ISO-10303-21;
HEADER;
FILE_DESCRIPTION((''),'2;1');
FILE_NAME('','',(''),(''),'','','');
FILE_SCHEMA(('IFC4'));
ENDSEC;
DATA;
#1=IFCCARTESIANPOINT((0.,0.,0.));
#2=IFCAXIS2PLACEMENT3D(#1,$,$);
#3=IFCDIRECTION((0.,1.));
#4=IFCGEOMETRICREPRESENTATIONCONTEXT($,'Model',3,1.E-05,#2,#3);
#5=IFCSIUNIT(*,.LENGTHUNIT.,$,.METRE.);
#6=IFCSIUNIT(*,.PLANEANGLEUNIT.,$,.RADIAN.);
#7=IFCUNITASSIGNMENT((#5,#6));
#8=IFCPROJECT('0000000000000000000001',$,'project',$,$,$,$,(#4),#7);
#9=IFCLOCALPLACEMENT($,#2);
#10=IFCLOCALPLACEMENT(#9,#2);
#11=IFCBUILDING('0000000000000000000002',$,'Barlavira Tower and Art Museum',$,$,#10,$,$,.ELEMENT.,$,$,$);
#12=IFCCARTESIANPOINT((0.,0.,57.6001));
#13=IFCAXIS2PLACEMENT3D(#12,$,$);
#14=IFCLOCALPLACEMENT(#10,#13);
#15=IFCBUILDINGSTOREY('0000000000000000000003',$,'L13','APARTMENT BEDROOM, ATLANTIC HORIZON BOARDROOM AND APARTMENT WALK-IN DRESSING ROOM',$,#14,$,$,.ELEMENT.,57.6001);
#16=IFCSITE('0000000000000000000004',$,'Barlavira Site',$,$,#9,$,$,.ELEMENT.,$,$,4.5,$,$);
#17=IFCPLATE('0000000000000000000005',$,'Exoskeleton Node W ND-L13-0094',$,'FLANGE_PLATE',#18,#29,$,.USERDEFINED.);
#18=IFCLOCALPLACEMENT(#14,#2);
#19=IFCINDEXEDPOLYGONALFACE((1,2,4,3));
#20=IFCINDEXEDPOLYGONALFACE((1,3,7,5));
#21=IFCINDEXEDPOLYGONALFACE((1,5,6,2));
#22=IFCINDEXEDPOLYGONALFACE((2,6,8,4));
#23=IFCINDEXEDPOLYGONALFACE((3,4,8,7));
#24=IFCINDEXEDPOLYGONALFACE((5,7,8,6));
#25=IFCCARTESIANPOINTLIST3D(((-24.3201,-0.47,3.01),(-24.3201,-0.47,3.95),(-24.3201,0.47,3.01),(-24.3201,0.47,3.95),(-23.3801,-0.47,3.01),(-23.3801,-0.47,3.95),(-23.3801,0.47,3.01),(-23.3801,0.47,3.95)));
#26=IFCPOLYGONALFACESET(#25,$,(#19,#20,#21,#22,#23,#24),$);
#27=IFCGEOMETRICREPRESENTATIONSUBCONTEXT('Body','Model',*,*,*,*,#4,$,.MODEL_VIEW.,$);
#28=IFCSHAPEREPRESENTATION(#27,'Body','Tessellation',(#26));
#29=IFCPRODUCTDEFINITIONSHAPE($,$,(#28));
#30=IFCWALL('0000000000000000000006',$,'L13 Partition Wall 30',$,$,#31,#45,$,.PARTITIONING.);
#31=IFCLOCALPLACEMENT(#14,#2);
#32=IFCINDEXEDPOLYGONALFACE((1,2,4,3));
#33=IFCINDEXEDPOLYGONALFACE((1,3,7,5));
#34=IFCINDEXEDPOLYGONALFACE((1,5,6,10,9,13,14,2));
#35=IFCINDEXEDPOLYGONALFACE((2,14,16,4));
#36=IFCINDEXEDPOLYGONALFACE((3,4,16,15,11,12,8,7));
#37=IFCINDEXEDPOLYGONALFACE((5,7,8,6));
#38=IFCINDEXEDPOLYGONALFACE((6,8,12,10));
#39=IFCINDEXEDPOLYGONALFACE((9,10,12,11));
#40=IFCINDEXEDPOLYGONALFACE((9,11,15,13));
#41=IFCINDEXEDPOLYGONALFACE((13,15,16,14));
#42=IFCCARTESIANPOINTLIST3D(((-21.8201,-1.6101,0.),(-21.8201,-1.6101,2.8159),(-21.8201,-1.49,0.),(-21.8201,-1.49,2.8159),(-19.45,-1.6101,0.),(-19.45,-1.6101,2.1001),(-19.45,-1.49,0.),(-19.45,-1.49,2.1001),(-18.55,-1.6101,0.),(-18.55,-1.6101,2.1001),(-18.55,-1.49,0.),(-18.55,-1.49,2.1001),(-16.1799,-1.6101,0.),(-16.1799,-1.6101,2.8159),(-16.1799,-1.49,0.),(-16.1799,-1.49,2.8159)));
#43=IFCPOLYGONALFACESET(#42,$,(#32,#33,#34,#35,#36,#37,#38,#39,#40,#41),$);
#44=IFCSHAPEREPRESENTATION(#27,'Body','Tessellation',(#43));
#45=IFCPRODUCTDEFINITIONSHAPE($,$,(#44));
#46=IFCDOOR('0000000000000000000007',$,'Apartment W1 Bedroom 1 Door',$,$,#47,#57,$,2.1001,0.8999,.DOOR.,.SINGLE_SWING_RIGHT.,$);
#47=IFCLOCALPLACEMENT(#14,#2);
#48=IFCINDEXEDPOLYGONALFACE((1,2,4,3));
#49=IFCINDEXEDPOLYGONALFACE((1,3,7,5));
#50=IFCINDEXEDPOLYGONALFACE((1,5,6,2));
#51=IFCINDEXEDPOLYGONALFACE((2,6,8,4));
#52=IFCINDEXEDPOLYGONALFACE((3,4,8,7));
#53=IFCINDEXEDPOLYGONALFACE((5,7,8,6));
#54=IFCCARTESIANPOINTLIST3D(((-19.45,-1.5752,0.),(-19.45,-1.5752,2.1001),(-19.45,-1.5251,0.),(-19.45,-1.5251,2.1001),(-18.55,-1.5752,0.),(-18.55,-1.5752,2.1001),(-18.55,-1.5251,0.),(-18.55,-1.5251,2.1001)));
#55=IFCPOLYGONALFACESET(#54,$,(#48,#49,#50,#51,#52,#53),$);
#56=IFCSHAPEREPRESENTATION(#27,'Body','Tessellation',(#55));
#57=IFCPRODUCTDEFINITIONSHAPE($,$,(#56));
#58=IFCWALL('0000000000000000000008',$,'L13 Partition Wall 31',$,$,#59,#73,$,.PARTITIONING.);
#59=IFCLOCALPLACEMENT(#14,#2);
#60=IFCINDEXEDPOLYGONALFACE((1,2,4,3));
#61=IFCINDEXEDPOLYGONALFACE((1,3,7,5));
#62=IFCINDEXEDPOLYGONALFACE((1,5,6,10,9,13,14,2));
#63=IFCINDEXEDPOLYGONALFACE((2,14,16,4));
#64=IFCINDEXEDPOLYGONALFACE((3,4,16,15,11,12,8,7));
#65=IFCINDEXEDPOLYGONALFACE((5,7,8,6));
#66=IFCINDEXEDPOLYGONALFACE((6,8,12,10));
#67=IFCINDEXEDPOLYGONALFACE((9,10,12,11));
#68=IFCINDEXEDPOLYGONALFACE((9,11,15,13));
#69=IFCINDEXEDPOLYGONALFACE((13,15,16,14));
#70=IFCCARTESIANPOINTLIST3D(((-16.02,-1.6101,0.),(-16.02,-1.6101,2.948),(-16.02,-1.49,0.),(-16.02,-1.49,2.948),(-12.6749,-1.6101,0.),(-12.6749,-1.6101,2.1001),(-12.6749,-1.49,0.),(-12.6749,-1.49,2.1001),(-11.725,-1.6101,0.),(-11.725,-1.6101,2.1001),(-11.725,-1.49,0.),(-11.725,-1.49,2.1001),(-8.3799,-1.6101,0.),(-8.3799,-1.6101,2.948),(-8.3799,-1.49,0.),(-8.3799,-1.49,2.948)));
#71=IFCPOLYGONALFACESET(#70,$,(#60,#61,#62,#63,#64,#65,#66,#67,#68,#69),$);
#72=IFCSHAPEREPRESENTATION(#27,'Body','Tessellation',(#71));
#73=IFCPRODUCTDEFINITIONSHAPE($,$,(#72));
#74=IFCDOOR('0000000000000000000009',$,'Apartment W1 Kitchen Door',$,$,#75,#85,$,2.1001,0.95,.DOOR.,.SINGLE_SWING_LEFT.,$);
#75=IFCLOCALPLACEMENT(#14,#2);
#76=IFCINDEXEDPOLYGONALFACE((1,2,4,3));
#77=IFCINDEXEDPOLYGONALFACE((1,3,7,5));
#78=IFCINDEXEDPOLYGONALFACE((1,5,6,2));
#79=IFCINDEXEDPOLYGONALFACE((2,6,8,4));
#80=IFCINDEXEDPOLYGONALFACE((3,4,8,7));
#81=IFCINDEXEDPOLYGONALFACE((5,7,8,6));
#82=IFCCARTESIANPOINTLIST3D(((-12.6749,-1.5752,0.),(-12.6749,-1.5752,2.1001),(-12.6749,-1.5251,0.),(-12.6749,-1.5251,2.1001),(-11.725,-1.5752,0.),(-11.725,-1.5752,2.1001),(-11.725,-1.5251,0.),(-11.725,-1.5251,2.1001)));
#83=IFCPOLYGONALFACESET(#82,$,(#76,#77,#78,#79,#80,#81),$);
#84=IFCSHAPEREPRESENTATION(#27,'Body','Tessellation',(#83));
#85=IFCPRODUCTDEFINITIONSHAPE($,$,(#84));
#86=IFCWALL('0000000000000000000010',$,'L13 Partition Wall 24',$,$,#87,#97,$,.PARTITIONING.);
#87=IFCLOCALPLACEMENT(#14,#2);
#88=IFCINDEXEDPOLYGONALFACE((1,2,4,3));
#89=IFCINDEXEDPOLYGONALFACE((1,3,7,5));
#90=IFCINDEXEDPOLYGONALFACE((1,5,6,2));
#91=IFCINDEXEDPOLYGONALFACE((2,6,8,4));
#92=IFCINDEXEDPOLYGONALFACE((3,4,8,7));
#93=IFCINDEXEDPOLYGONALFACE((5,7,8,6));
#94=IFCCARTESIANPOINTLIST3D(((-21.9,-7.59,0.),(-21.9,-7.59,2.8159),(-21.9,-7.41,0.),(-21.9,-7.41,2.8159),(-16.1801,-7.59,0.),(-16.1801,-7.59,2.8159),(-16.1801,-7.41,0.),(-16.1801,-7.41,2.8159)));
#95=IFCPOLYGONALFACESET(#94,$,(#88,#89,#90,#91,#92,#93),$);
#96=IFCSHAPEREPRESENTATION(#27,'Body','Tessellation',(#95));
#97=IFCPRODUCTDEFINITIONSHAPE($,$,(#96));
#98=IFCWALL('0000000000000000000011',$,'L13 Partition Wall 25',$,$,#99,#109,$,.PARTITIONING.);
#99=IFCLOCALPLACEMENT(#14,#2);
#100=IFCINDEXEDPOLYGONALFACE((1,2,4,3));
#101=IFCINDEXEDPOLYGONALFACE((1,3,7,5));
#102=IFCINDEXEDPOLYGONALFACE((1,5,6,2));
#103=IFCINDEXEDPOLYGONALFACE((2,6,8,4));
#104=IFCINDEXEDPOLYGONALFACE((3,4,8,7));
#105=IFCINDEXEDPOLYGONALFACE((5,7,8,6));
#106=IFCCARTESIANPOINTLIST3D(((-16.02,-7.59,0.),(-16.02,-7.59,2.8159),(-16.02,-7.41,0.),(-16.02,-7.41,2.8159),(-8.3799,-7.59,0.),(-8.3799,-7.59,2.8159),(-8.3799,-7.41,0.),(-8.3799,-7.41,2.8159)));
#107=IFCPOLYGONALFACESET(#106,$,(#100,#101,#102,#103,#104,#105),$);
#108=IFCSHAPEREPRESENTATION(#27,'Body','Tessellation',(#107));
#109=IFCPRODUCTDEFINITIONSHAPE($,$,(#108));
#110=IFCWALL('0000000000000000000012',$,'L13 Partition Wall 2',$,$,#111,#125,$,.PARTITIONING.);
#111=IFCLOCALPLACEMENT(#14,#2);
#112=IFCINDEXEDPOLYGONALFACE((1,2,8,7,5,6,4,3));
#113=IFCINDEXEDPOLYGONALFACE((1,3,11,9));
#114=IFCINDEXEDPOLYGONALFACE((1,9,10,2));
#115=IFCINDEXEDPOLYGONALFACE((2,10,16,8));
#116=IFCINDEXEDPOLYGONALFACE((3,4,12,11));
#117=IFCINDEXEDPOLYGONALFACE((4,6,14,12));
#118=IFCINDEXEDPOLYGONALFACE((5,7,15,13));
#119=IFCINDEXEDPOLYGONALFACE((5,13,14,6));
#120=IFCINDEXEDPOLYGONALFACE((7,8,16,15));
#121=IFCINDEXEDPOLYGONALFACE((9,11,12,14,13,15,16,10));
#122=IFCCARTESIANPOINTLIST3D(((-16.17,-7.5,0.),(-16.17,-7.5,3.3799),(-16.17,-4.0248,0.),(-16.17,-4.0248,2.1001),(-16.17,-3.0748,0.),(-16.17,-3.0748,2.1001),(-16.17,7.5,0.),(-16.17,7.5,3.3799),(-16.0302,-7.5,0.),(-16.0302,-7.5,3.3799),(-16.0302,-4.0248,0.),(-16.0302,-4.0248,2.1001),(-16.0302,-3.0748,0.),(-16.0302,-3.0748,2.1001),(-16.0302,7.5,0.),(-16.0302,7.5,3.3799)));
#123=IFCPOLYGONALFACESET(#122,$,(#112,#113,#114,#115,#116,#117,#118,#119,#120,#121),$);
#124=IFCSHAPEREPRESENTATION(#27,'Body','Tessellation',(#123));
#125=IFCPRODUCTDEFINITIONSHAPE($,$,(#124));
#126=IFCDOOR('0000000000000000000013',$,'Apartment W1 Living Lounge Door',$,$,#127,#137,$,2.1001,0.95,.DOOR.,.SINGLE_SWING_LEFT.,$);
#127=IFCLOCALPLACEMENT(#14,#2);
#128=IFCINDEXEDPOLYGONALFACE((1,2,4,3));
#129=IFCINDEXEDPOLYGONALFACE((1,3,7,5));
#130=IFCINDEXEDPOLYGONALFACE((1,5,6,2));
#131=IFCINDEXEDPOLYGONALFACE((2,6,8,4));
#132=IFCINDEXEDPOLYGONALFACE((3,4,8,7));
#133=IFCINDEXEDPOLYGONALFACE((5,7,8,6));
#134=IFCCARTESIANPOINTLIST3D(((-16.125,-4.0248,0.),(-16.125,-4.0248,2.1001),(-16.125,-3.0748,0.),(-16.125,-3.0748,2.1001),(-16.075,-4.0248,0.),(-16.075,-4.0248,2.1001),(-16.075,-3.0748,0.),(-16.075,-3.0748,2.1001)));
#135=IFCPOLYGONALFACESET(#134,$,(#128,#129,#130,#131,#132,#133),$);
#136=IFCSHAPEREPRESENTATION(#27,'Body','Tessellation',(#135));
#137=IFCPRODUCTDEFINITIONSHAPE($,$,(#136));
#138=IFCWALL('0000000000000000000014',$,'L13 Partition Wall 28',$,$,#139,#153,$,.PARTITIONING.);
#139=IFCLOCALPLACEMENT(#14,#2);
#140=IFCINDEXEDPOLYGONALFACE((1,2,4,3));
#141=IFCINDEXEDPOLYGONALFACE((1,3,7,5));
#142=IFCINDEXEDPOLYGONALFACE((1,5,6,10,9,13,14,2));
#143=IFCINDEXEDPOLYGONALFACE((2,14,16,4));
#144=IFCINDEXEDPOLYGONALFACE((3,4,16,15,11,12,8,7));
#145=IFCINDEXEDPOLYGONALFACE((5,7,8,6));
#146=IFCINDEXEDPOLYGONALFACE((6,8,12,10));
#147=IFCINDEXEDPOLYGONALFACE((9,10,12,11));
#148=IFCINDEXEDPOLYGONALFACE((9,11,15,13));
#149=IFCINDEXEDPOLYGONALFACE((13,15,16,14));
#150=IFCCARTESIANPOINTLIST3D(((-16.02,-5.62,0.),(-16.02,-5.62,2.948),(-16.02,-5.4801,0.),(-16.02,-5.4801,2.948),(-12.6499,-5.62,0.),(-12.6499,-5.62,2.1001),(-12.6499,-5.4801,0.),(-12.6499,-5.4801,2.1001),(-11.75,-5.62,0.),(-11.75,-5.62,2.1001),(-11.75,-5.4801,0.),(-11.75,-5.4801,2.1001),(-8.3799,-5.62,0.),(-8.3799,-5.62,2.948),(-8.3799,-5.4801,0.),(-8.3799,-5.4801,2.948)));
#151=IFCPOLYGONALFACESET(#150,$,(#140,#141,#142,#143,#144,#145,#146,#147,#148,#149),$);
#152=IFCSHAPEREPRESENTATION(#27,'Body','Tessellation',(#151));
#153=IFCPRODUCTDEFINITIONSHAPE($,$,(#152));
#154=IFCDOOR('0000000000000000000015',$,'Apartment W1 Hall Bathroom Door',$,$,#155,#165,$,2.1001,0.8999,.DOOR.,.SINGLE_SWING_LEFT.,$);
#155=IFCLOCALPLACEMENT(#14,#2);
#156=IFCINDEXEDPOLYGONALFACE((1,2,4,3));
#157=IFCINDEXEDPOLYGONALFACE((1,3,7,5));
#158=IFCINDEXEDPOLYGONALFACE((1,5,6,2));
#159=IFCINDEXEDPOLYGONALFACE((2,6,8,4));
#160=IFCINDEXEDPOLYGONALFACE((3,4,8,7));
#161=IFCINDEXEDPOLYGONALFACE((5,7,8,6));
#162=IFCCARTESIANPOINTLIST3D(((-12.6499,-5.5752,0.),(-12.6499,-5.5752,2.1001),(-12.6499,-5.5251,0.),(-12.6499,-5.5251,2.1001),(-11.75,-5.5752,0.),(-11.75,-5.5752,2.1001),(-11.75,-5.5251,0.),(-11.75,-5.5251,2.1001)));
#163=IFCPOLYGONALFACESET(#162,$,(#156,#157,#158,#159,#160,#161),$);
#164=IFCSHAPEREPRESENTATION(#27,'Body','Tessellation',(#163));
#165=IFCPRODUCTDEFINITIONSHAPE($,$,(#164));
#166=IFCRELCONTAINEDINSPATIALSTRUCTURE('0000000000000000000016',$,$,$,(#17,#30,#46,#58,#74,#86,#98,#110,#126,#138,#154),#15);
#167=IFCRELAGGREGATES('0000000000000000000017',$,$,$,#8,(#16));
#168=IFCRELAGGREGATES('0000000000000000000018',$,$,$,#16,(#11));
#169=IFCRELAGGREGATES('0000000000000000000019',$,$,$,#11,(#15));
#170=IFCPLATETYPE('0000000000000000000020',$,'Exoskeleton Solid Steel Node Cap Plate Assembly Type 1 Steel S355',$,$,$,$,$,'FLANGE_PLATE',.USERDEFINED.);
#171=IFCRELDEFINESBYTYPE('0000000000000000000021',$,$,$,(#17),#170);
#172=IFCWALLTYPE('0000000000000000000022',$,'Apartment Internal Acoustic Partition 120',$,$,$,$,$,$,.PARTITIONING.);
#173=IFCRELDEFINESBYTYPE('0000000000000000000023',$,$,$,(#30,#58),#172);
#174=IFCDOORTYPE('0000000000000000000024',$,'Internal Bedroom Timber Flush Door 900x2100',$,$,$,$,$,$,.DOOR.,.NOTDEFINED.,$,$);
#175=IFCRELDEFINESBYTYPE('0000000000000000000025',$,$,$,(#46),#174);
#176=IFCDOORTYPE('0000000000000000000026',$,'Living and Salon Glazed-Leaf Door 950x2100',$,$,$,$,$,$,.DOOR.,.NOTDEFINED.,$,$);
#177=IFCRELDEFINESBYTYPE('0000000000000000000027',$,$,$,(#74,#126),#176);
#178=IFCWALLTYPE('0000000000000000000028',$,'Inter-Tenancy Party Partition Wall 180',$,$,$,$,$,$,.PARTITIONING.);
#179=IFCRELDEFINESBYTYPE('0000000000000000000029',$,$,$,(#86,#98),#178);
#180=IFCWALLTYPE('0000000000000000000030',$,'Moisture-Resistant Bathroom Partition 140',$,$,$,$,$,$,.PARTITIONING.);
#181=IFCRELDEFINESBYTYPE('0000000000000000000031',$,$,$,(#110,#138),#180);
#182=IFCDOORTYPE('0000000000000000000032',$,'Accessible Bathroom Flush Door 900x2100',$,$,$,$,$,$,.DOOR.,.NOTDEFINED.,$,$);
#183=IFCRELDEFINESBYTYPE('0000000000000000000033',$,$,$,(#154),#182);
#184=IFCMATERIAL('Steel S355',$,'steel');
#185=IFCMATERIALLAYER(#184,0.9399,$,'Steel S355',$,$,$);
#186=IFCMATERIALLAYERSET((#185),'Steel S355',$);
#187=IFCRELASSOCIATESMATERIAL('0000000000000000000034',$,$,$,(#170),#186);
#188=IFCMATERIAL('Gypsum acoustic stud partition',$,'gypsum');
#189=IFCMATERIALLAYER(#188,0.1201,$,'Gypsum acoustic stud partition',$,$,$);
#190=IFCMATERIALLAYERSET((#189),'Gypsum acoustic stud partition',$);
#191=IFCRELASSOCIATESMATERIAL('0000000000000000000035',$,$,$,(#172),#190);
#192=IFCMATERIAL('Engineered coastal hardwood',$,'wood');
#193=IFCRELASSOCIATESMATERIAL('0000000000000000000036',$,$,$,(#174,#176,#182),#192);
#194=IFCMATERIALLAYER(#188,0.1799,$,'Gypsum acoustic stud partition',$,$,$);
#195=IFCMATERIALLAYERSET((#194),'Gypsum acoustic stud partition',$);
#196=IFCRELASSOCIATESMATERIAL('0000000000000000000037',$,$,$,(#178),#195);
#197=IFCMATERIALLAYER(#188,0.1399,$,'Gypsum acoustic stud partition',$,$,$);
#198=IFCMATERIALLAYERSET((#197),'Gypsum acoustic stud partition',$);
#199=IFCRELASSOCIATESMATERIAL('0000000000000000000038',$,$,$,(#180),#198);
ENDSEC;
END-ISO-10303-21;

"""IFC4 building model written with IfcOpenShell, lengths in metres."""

from ifc_helpers import new_model, si_unit, direction, frame, frame_2d, origin, origin_2d, place, context, subcontext, project, spatial, rectangle, extrude, material, layer, layer_set, type_object, element, fill, save


model = new_model("IFC4")

# Units and contexts
model_context = context("Model", 3, precision=1e-05, world=origin(), true_north=direction((0.0, 1.0)))
body_context = subcontext(model_context, "Body", "Model", "MODEL_VIEW")
ifc_project = project(units=[si_unit("LENGTHUNIT", "METRE"), si_unit("PLANEANGLEUNIT", "RADIAN")], contexts=[model_context])

# Site, building, storey
site_placement = place(None, origin())
site = spatial("IfcSite", under=ifc_project, at=site_placement, Name="Barlavira Site", CompositionType="ELEMENT", RefElevation=4.5)
building_placement = place(site_placement, origin())
building = spatial("IfcBuilding", under=site, at=building_placement, Name="Barlavira Tower and Art Museum", CompositionType="ELEMENT")
storey_placement = place(building_placement, frame((0.0, 0.0, 57.6001)))
storey = spatial("IfcBuildingStorey", under=building, at=storey_placement, Name="L13", Description="APARTMENT BEDROOM, ATLANTIC HORIZON BOARDROOM AND APARTMENT WALK-IN DRESSING ROOM", CompositionType="ELEMENT", Elevation=57.6001)

# Shared definitions
ifc_material_1 = material(Name="Steel S355", Category="steel")

# Plate
ifc_layer_1 = layer(ifc_material_1, 0.9399, Name="Steel S355")
ifc_layer_set_1 = layer_set([ifc_layer_1], Name="Steel S355")
plate_type_1 = type_object("IfcPlateType", Name="Exoskeleton Solid Steel Node Cap Plate Assembly Type 1 Steel S355", ElementType="FLANGE_PLATE", PredefinedType="USERDEFINED", material=ifc_layer_set_1)
plate_1_placement = place(storey_placement, frame((-23.8501, 0.0, 3.01), z_axis=(0.0, 0.0, 1.0), x_axis=(1.0, 0.0, 0.0)))
element("IfcPlate", 1, at=plate_1_placement, inside=storey, type_object=plate_type_1, Name="Exoskeleton Node W ND-L13-0094", ObjectType="FLANGE_PLATE", PredefinedType="USERDEFINED", context=body_context, shape_type="SweptSolid", body=[
    extrude(rectangle(XDim=0.9399, YDim=0.9399, at=origin_2d()), origin(), (0.0, 0.0, 1.0), 0.9399),
])

# Walls, openings, doors
ifc_material_2 = material(Name="Gypsum acoustic stud partition", Category="gypsum")
ifc_layer_2 = layer(ifc_material_2, 0.1201, Name="Gypsum acoustic stud partition")
ifc_layer_set_2 = layer_set([ifc_layer_2], Name="Gypsum acoustic stud partition")
wall_type_1 = type_object("IfcWallType", Name="Apartment Internal Acoustic Partition 120", PredefinedType="PARTITIONING", material=ifc_layer_set_2)
wall_1_placement = place(storey_placement, frame((-21.8201, -1.55, 0.0), z_axis=(0.0, 0.0, 1.0), x_axis=(1.0, 0.0, 0.0)))
wall_1 = element("IfcWall", 2, at=wall_1_placement, inside=storey, type_object=wall_type_1, Name="L13 Partition Wall 30", PredefinedType="PARTITIONING", context=body_context, shape_type="SweptSolid", body=[
    extrude(rectangle(XDim=5.6401, YDim=0.1201, at=frame_2d((2.8201, 0.0))), origin(), (0.0, 0.0, 1.0), 2.8159),
])
opening_1_placement = place(wall_1_placement, frame((2.3701, 0.0, 0.0)))
opening_1 = element("IfcOpeningElement", 3, at=opening_1_placement, cuts=wall_1, PredefinedType="OPENING", context=body_context, shape_type="SweptSolid", body=[
    extrude(rectangle(XDim=0.8999, YDim=2.1001, at=frame_2d((0.45, 1.05))), frame((0.0, 0.0701, 0.0), z_axis=(0.0, -1.0, 0.0), x_axis=(1.0, 0.0, 0.0)), (0.0, 0.0, 1.0), 0.1401),
])
ifc_material_3 = material(Name="Engineered coastal hardwood", Category="wood")
door_type_1 = type_object("IfcDoorType", Name="Internal Bedroom Timber Flush Door 900x2100", OperationType="NOTDEFINED", PredefinedType="DOOR", material=ifc_material_3)
door_1_placement = place(opening_1_placement, origin())
door_1 = element("IfcDoor", 4, at=door_1_placement, inside=storey, type_object=door_type_1, Name="Apartment W1 Bedroom 1 Door", OperationType="SINGLE_SWING_RIGHT", OverallHeight=2.1001, OverallWidth=0.8999, PredefinedType="DOOR", context=body_context, shape_type="SweptSolid", body=[
    extrude(rectangle(XDim=0.8999, YDim=2.1001, at=frame_2d((0.45, 1.05))), frame((0.0, 0.0249, 0.0), z_axis=(0.0, -1.0, 0.0), x_axis=(1.0, 0.0, 0.0)), (0.0, 0.0, 1.0), 0.05),
])
fill(opening_1, door_1)
wall_2_placement = place(storey_placement, frame((-16.02, -1.55, 0.0), z_axis=(0.0, 0.0, 1.0), x_axis=(1.0, 0.0, 0.0)))
wall_2 = element("IfcWall", 5, at=wall_2_placement, inside=storey, type_object=wall_type_1, Name="L13 Partition Wall 31", PredefinedType="PARTITIONING", context=body_context, shape_type="SweptSolid", body=[
    extrude(rectangle(XDim=7.6401, YDim=0.1201, at=frame_2d((3.8201, 0.0))), origin(), (0.0, 0.0, 1.0), 2.948),
])
opening_2_placement = place(wall_2_placement, frame((3.345, 0.0, 0.0)))
opening_2 = element("IfcOpeningElement", 6, at=opening_2_placement, cuts=wall_2, PredefinedType="OPENING", context=body_context, shape_type="SweptSolid", body=[
    extrude(rectangle(XDim=0.95, YDim=2.1001, at=frame_2d((0.4751, 1.05))), frame((0.0, 0.0701, 0.0), z_axis=(0.0, -1.0, 0.0), x_axis=(1.0, 0.0, 0.0)), (0.0, 0.0, 1.0), 0.1401),
])
door_type_2 = type_object("IfcDoorType", Name="Living and Salon Glazed-Leaf Door 950x2100", OperationType="NOTDEFINED", PredefinedType="DOOR", material=ifc_material_3)
door_2_placement = place(opening_2_placement, origin())
door_2 = element("IfcDoor", 7, at=door_2_placement, inside=storey, type_object=door_type_2, Name="Apartment W1 Kitchen Door", OperationType="SINGLE_SWING_LEFT", OverallHeight=2.1001, OverallWidth=0.95, PredefinedType="DOOR", context=body_context, shape_type="SweptSolid", body=[
    extrude(rectangle(XDim=0.95, YDim=2.1001, at=frame_2d((0.4751, 1.05))), frame((0.0, 0.0249, 0.0), z_axis=(0.0, -1.0, 0.0), x_axis=(1.0, 0.0, 0.0)), (0.0, 0.0, 1.0), 0.05),
])
fill(opening_2, door_2)

# Walls
ifc_layer_3 = layer(ifc_material_2, 0.1799, Name="Gypsum acoustic stud partition")
ifc_layer_set_3 = layer_set([ifc_layer_3], Name="Gypsum acoustic stud partition")
wall_type_2 = type_object("IfcWallType", Name="Inter-Tenancy Party Partition Wall 180", PredefinedType="PARTITIONING", material=ifc_layer_set_3)
wall_3_placement = place(storey_placement, frame((-21.8999, -7.5, 0.0), z_axis=(0.0, 0.0, 1.0), x_axis=(1.0, 0.0, 0.0)))
element("IfcWall", 8, at=wall_3_placement, inside=storey, type_object=wall_type_2, Name="L13 Partition Wall 24", PredefinedType="PARTITIONING", context=body_context, shape_type="SweptSolid", body=[
    extrude(rectangle(XDim=5.72, YDim=0.1799, at=frame_2d((2.8599, 0.0))), origin(), (0.0, 0.0, 1.0), 2.8159),
])
wall_4_placement = place(storey_placement, frame((-16.02, -7.5, 0.0), z_axis=(0.0, 0.0, 1.0), x_axis=(1.0, 0.0, 0.0)))
element("IfcWall", 9, at=wall_4_placement, inside=storey, type_object=wall_type_2, Name="L13 Partition Wall 25", PredefinedType="PARTITIONING", context=body_context, shape_type="SweptSolid", body=[
    extrude(rectangle(XDim=7.6401, YDim=0.1799, at=frame_2d((3.8201, 0.0))), origin(), (0.0, 0.0, 1.0), 2.8159),
])

# Walls, openings, doors
ifc_layer_4 = layer(ifc_material_2, 0.1399, Name="Gypsum acoustic stud partition")
ifc_layer_set_4 = layer_set([ifc_layer_4], Name="Gypsum acoustic stud partition")
wall_type_3 = type_object("IfcWallType", Name="Moisture-Resistant Bathroom Partition 140", PredefinedType="PARTITIONING", material=ifc_layer_set_4)
wall_5_placement = place(storey_placement, frame((-16.1001, -7.5, 0.0), z_axis=(0.0, 0.0, 1.0), x_axis=(0.0, 1.0, 0.0)))
wall_5 = element("IfcWall", 10, at=wall_5_placement, inside=storey, type_object=wall_type_3, Name="L13 Partition Wall 2", PredefinedType="PARTITIONING", context=body_context, shape_type="SweptSolid", body=[
    extrude(rectangle(XDim=15.0, YDim=0.1399, at=frame_2d((7.5, 0.0))), origin(), (0.0, 0.0, 1.0), 3.3799),
])
opening_3_placement = place(wall_5_placement, frame((3.4751, 0.0, 0.0)))
opening_3 = element("IfcOpeningElement", 11, at=opening_3_placement, cuts=wall_5, PredefinedType="OPENING", context=body_context, shape_type="SweptSolid", body=[
    extrude(rectangle(XDim=0.95, YDim=2.1001, at=frame_2d((0.4751, 1.05))), frame((0.0, 0.0801, 0.0), z_axis=(0.0, -1.0, 0.0), x_axis=(1.0, 0.0, 0.0)), (0.0, 0.0, 1.0), 0.1599),
])
door_3_placement = place(opening_3_placement, origin())
door_3 = element("IfcDoor", 12, at=door_3_placement, inside=storey, type_object=door_type_2, Name="Apartment W1 Living Lounge Door", OperationType="SINGLE_SWING_LEFT", OverallHeight=2.1001, OverallWidth=0.95, PredefinedType="DOOR", context=body_context, shape_type="SweptSolid", body=[
    extrude(rectangle(XDim=0.95, YDim=2.1001, at=frame_2d((0.4751, 1.05))), frame((0.0, 0.0249, 0.0), z_axis=(0.0, -1.0, 0.0), x_axis=(1.0, 0.0, 0.0)), (0.0, 0.0, 1.0), 0.05),
])
fill(opening_3, door_3)
wall_6_placement = place(storey_placement, frame((-16.02, -5.55, 0.0), z_axis=(0.0, 0.0, 1.0), x_axis=(1.0, 0.0, 0.0)))
wall_6 = element("IfcWall", 13, at=wall_6_placement, inside=storey, type_object=wall_type_3, Name="L13 Partition Wall 28", PredefinedType="PARTITIONING", context=body_context, shape_type="SweptSolid", body=[
    extrude(rectangle(XDim=7.6401, YDim=0.1399, at=frame_2d((3.8201, 0.0))), origin(), (0.0, 0.0, 1.0), 2.948),
])
opening_4_placement = place(wall_6_placement, frame((3.3701, 0.0, 0.0)))
opening_4 = element("IfcOpeningElement", 14, at=opening_4_placement, cuts=wall_6, PredefinedType="OPENING", context=body_context, shape_type="SweptSolid", body=[
    extrude(rectangle(XDim=0.8999, YDim=2.1001, at=frame_2d((0.45, 1.05))), frame((0.0, 0.0801, 0.0), z_axis=(0.0, -1.0, 0.0), x_axis=(1.0, 0.0, 0.0)), (0.0, 0.0, 1.0), 0.1599),
])
door_type_3 = type_object("IfcDoorType", Name="Accessible Bathroom Flush Door 900x2100", OperationType="NOTDEFINED", PredefinedType="DOOR", material=ifc_material_3)
door_4_placement = place(opening_4_placement, origin())
door_4 = element("IfcDoor", 15, at=door_4_placement, inside=storey, type_object=door_type_3, Name="Apartment W1 Hall Bathroom Door", OperationType="SINGLE_SWING_LEFT", OverallHeight=2.1001, OverallWidth=0.8999, PredefinedType="DOOR", context=body_context, shape_type="SweptSolid", body=[
    extrude(rectangle(XDim=0.8999, YDim=2.1001, at=frame_2d((0.45, 1.05))), frame((0.0, 0.0249, 0.0), z_axis=(0.0, -1.0, 0.0), x_axis=(1.0, 0.0, 0.0)), (0.0, 0.0, 1.0), 0.05),
])
fill(opening_4, door_4)

save(model, "model.ifc")
